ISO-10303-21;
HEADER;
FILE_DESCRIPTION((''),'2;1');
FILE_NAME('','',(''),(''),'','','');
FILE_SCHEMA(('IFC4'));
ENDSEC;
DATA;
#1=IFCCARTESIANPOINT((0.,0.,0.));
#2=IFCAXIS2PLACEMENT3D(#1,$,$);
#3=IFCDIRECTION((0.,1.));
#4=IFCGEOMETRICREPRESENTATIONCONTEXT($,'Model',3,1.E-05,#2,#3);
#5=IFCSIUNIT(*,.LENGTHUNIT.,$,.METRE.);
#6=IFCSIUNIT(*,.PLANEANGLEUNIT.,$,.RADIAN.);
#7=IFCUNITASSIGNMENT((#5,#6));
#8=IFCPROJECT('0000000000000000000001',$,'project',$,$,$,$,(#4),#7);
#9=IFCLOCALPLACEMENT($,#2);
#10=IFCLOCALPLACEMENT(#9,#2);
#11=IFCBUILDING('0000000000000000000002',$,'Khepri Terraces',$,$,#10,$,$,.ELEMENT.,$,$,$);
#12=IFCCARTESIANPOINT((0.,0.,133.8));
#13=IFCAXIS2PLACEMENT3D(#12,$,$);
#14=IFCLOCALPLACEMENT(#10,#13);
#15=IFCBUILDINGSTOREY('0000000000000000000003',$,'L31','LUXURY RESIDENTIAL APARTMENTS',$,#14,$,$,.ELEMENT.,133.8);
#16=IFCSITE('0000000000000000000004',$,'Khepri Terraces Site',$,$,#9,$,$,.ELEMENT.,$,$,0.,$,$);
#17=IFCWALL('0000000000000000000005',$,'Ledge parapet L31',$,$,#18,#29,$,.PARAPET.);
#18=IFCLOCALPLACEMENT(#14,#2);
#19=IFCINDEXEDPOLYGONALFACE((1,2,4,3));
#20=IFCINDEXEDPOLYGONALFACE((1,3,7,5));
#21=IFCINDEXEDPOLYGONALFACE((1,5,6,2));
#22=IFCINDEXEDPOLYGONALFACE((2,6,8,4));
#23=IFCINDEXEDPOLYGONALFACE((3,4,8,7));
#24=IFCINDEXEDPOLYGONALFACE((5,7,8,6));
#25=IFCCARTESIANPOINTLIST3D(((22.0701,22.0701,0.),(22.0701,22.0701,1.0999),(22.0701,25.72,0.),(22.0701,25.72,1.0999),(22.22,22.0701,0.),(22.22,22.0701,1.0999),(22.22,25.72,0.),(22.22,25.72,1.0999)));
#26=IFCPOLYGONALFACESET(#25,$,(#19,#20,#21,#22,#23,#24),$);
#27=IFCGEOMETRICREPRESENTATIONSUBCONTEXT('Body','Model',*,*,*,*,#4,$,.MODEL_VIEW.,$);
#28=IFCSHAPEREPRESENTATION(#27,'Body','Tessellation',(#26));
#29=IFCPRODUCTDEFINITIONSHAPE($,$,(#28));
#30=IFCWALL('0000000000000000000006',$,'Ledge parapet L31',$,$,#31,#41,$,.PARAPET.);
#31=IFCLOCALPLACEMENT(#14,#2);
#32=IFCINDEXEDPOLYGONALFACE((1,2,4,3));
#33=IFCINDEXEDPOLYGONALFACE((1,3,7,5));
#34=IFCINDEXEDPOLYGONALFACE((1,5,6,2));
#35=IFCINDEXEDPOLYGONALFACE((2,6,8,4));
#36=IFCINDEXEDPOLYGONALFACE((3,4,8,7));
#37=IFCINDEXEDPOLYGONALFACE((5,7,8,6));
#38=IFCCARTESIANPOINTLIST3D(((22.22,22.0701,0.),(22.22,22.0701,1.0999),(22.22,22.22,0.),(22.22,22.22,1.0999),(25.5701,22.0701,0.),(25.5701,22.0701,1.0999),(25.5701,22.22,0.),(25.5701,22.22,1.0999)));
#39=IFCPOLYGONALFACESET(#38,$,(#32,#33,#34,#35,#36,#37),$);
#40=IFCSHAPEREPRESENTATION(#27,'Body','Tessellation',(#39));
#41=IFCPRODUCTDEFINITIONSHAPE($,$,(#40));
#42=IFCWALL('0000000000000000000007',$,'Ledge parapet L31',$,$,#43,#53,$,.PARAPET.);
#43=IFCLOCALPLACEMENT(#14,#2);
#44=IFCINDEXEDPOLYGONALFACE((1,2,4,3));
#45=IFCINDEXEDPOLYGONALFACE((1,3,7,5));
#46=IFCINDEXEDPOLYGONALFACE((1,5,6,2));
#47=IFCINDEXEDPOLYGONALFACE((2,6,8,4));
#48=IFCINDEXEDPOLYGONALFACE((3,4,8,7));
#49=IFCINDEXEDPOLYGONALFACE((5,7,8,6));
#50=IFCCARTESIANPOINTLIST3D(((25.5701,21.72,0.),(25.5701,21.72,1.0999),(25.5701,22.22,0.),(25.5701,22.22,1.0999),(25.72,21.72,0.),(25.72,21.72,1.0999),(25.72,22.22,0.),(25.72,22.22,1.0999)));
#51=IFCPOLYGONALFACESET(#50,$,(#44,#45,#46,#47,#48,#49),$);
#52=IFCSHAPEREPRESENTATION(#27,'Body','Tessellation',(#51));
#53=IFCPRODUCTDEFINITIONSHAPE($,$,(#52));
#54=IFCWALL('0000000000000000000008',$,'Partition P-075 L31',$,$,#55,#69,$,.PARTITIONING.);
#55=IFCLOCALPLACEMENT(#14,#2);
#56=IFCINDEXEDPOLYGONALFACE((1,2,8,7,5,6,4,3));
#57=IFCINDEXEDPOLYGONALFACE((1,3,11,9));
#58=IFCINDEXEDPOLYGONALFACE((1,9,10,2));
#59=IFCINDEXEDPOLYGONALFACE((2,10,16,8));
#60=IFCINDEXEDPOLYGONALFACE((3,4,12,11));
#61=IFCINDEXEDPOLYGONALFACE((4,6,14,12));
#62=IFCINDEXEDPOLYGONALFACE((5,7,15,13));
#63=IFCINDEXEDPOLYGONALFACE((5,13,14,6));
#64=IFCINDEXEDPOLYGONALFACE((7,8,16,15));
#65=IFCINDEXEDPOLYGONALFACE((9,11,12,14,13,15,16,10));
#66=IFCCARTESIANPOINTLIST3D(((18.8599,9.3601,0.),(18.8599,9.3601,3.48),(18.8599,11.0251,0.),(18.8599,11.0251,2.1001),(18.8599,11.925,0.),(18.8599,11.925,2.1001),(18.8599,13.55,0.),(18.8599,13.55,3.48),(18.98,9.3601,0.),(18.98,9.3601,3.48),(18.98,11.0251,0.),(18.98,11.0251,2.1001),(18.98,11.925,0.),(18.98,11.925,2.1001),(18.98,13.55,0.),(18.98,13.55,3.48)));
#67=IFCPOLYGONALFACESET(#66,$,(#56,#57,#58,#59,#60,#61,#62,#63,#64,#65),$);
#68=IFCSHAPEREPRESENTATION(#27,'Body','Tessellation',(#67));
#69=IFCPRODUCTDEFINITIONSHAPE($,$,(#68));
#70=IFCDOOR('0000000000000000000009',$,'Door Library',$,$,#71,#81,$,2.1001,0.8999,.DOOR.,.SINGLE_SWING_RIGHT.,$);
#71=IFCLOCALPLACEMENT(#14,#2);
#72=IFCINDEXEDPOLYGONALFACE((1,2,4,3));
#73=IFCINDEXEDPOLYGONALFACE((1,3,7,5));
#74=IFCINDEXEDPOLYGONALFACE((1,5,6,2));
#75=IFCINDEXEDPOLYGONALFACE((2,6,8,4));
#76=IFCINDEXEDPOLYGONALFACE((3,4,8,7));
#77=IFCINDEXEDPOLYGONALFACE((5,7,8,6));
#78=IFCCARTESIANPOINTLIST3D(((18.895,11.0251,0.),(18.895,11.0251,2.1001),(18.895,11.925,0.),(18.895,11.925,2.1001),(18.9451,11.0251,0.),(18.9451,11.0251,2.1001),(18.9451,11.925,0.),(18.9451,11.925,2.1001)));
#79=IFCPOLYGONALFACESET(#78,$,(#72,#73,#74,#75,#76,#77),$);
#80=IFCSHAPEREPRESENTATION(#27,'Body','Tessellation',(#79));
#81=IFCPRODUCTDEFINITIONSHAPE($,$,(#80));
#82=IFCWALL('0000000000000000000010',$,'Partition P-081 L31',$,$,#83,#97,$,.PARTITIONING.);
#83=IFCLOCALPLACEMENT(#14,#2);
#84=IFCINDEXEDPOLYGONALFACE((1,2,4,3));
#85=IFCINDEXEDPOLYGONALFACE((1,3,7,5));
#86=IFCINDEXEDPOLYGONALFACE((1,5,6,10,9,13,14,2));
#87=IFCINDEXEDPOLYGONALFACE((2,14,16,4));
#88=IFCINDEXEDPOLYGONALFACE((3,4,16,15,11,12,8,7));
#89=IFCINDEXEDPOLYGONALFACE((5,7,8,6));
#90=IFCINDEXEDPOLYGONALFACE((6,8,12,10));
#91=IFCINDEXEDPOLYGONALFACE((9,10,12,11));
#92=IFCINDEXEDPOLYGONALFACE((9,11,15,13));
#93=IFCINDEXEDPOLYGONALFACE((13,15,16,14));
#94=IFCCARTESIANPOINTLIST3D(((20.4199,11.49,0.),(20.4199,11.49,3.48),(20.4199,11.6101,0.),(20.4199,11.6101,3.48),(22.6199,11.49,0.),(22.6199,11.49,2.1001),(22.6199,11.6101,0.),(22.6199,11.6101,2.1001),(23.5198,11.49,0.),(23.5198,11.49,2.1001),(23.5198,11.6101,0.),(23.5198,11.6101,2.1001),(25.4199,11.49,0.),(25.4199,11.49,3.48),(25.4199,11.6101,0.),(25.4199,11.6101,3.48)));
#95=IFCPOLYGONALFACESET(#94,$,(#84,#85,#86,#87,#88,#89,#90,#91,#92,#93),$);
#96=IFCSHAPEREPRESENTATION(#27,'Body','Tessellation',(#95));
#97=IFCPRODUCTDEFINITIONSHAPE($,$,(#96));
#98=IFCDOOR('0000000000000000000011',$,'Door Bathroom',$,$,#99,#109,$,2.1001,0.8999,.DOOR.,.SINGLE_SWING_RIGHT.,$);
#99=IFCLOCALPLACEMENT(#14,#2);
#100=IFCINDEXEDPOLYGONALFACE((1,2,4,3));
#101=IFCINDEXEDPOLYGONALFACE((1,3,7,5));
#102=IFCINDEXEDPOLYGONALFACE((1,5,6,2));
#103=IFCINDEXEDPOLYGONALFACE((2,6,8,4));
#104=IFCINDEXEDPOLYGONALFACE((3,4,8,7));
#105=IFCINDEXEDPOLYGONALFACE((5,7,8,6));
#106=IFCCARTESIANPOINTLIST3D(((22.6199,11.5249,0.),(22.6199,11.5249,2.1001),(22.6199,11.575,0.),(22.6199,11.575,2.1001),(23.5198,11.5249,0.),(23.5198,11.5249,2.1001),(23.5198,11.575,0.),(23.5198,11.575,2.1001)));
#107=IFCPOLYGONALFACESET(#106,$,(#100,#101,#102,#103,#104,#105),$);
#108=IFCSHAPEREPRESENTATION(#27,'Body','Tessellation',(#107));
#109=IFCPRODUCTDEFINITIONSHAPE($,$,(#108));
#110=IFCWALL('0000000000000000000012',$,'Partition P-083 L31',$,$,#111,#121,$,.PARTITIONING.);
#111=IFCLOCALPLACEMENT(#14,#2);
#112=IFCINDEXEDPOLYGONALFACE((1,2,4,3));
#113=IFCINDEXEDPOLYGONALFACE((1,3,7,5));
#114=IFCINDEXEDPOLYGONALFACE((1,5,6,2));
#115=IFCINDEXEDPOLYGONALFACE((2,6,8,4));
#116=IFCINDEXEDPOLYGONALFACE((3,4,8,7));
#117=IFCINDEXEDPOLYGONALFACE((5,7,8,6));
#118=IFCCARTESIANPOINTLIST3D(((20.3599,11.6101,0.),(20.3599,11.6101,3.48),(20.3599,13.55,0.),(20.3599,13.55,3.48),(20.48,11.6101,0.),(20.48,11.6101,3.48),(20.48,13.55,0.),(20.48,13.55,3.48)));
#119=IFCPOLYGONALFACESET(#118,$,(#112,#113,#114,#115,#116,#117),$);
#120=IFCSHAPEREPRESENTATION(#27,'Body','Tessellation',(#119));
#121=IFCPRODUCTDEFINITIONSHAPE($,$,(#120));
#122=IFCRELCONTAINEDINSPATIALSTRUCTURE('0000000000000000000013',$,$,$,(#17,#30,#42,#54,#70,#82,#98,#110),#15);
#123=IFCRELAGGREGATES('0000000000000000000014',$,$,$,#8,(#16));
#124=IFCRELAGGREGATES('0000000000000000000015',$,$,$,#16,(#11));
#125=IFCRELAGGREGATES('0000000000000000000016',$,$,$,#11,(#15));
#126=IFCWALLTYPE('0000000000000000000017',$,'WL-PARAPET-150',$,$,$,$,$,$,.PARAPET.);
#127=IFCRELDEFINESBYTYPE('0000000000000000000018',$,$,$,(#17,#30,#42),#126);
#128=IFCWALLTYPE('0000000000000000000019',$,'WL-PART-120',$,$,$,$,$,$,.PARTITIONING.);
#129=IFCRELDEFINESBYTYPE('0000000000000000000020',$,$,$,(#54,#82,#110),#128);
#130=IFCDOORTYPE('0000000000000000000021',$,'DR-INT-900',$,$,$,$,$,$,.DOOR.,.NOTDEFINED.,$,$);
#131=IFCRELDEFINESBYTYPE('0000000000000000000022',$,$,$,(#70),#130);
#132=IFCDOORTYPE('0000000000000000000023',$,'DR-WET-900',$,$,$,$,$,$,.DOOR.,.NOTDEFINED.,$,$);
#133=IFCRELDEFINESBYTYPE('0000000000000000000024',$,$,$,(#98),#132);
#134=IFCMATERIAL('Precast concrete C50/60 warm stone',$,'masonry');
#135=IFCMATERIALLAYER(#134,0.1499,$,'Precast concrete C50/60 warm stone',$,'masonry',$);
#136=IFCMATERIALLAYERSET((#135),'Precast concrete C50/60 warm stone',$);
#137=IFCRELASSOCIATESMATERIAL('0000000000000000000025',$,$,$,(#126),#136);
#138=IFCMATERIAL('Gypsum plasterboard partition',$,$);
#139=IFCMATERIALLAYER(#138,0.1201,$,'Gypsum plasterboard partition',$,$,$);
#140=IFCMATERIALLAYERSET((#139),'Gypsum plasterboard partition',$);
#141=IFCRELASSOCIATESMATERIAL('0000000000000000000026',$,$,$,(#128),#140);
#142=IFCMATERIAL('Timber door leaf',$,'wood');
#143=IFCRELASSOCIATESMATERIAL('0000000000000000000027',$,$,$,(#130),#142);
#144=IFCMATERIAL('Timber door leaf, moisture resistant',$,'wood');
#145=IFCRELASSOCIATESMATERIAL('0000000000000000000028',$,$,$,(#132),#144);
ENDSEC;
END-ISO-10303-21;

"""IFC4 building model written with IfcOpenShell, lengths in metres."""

from ifc_helpers import new_model, si_unit, direction, frame, frame_2d, origin, place, context, subcontext, project, spatial, rectangle, extrude, material, layer, layer_set, type_object, element, fill, save


model = new_model("IFC4")

# Units and contexts
model_context = context("Model", 3, precision=1e-05, world=origin(), true_north=direction((0.0, 1.0)))
body_context = subcontext(model_context, "Body", "Model", "MODEL_VIEW")
ifc_project = project(units=[si_unit("LENGTHUNIT", "METRE"), si_unit("PLANEANGLEUNIT", "RADIAN")], contexts=[model_context])

# Site, building, storey
site_placement = place(None, origin())
site = spatial("IfcSite", under=ifc_project, at=site_placement, Name="Khepri Terraces Site", CompositionType="ELEMENT", RefElevation=0.0)
building_placement = place(site_placement, origin())
building = spatial("IfcBuilding", under=site, at=building_placement, Name="Khepri Terraces", CompositionType="ELEMENT")
storey_placement = place(building_placement, frame((0.0, 0.0, 133.8)))
storey = spatial("IfcBuildingStorey", under=building, at=storey_placement, Name="L31", Description="LUXURY RESIDENTIAL APARTMENTS", CompositionType="ELEMENT", Elevation=133.8)

# Shared definitions
ifc_material_1 = material(Name="Precast concrete C50/60 warm stone", Category="masonry")

# Walls
ifc_layer_1 = layer(ifc_material_1, 0.1499, Name="Precast concrete C50/60 warm stone", Category="masonry")
ifc_layer_set_1 = layer_set([ifc_layer_1], Name="Precast concrete C50/60 warm stone")
wall_type_1 = type_object("IfcWallType", Name="WL-PARAPET-150", PredefinedType="PARAPET", material=ifc_layer_set_1)
wall_1_placement = place(storey_placement, frame((22.145, 22.0701, 0.0), z_axis=(0.0, 0.0, 1.0), x_axis=(0.0, 1.0, 0.0)))
element("IfcWall", 1, at=wall_1_placement, inside=storey, type_object=wall_type_1, Name="Ledge parapet L31", PredefinedType="PARAPET", context=body_context, shape_type="SweptSolid", body=[
    extrude(rectangle(XDim=3.6499, YDim=0.1499, at=frame_2d((1.825, 0.0))), origin(), (0.0, 0.0, 1.0), 1.0999),
])
wall_2_placement = place(storey_placement, frame((22.22, 22.145, 0.0), z_axis=(0.0, 0.0, 1.0), x_axis=(1.0, 0.0, 0.0)))
element("IfcWall", 2, at=wall_2_placement, inside=storey, type_object=wall_type_1, Name="Ledge parapet L31", PredefinedType="PARAPET", context=body_context, shape_type="SweptSolid", body=[
    extrude(rectangle(XDim=3.3501, YDim=0.1499, at=frame_2d((1.675, 0.0))), origin(), (0.0, 0.0, 1.0), 1.0999),
])
wall_3_placement = place(storey_placement, frame((25.645, 21.72, 0.0), z_axis=(0.0, 0.0, 1.0), x_axis=(0.0, 1.0, 0.0)))
element("IfcWall", 3, at=wall_3_placement, inside=storey, type_object=wall_type_1, Name="Ledge parapet L31", PredefinedType="PARAPET", context=body_context, shape_type="SweptSolid", body=[
    extrude(rectangle(XDim=0.5, YDim=0.1499, at=frame_2d((0.25, 0.0))), origin(), (0.0, 0.0, 1.0), 1.0999),
])

# Walls, openings, doors
ifc_material_2 = material(Name="Gypsum plasterboard partition")
ifc_layer_2 = layer(ifc_material_2, 0.1201, Name="Gypsum plasterboard partition")
ifc_layer_set_2 = layer_set([ifc_layer_2], Name="Gypsum plasterboard partition")
wall_type_2 = type_object("IfcWallType", Name="WL-PART-120", PredefinedType="PARTITIONING", material=ifc_layer_set_2)
wall_4_placement = place(storey_placement, frame((18.9199, 9.3601, 0.0), z_axis=(0.0, 0.0, 1.0), x_axis=(0.0, 1.0, 0.0)))
wall_4 = element("IfcWall", 4, at=wall_4_placement, inside=storey, type_object=wall_type_2, Name="Partition P-075 L31", PredefinedType="PARTITIONING", context=body_context, shape_type="SweptSolid", body=[
    extrude(rectangle(XDim=4.1899, YDim=0.1201, at=frame_2d((2.095, 0.0))), origin(), (0.0, 0.0, 1.0), 3.48),
])
opening_1_placement = place(wall_4_placement, frame((1.665, 0.0, 0.0)))
opening_1 = element("IfcOpeningElement", 5, at=opening_1_placement, cuts=wall_4, PredefinedType="OPENING", context=body_context, shape_type="SweptSolid", body=[
    extrude(rectangle(XDim=0.8999, YDim=2.1001, at=frame_2d((0.45, 1.05))), frame((0.0, 0.0701, 0.0), z_axis=(0.0, -1.0, 0.0), x_axis=(1.0, 0.0, 0.0)), (0.0, 0.0, 1.0), 0.1401),
])
ifc_material_3 = material(Name="Timber door leaf", Category="wood")
door_type_1 = type_object("IfcDoorType", Name="DR-INT-900", OperationType="NOTDEFINED", PredefinedType="DOOR", material=ifc_material_3)
door_1_placement = place(opening_1_placement, origin())
door_1 = element("IfcDoor", 6, at=door_1_placement, inside=storey, type_object=door_type_1, Name="Door Library", OperationType="SINGLE_SWING_RIGHT", OverallHeight=2.1001, OverallWidth=0.8999, PredefinedType="DOOR", context=body_context, shape_type="SweptSolid", body=[
    extrude(rectangle(XDim=0.8999, YDim=2.1001, at=frame_2d((0.45, 1.05))), frame((0.0, 0.0249, 0.0), z_axis=(0.0, -1.0, 0.0), x_axis=(1.0, 0.0, 0.0)), (0.0, 0.0, 1.0), 0.05),
])
fill(opening_1, door_1)
wall_5_placement = place(storey_placement, frame((20.4199, 11.55, 0.0), z_axis=(0.0, 0.0, 1.0), x_axis=(1.0, 0.0, 0.0)))
wall_5 = element("IfcWall", 7, at=wall_5_placement, inside=storey, type_object=wall_type_2, Name="Partition P-081 L31", PredefinedType="PARTITIONING", context=body_context, shape_type="SweptSolid", body=[
    extrude(rectangle(XDim=5.0, YDim=0.1201, at=frame_2d((2.5, 0.0))), origin(), (0.0, 0.0, 1.0), 3.48),
])
opening_2_placement = place(wall_5_placement, frame((2.2, 0.0, 0.0)))
opening_2 = element("IfcOpeningElement", 8, at=opening_2_placement, cuts=wall_5, PredefinedType="OPENING", context=body_context, shape_type="SweptSolid", body=[
    extrude(rectangle(XDim=0.8999, YDim=2.1001, at=frame_2d((0.45, 1.05))), frame((0.0, 0.0701, 0.0), z_axis=(0.0, -1.0, 0.0), x_axis=(1.0, 0.0, 0.0)), (0.0, 0.0, 1.0), 0.1401),
])
ifc_material_4 = material(Name="Timber door leaf, moisture resistant", Category="wood")
door_type_2 = type_object("IfcDoorType", Name="DR-WET-900", OperationType="NOTDEFINED", PredefinedType="DOOR", material=ifc_material_4)
door_2_placement = place(opening_2_placement, origin())
door_2 = element("IfcDoor", 9, at=door_2_placement, inside=storey, type_object=door_type_2, Name="Door Bathroom", OperationType="SINGLE_SWING_RIGHT", OverallHeight=2.1001, OverallWidth=0.8999, PredefinedType="DOOR", context=body_context, shape_type="SweptSolid", body=[
    extrude(rectangle(XDim=0.8999, YDim=2.1001, at=frame_2d((0.45, 1.05))), frame((0.0, 0.0249, 0.0), z_axis=(0.0, -1.0, 0.0), x_axis=(1.0, 0.0, 0.0)), (0.0, 0.0, 1.0), 0.05),
])
fill(opening_2, door_2)

# Wall
wall_6_placement = place(storey_placement, frame((20.4199, 11.6101, 0.0), z_axis=(0.0, 0.0, 1.0), x_axis=(0.0, 1.0, 0.0)))
element("IfcWall", 10, at=wall_6_placement, inside=storey, type_object=wall_type_2, Name="Partition P-083 L31", PredefinedType="PARTITIONING", context=body_context, shape_type="SweptSolid", body=[
    extrude(rectangle(XDim=1.9399, YDim=0.1201, at=frame_2d((0.97, 0.0))), origin(), (0.0, 0.0, 1.0), 3.48),
])

save(model, "model.ifc")
